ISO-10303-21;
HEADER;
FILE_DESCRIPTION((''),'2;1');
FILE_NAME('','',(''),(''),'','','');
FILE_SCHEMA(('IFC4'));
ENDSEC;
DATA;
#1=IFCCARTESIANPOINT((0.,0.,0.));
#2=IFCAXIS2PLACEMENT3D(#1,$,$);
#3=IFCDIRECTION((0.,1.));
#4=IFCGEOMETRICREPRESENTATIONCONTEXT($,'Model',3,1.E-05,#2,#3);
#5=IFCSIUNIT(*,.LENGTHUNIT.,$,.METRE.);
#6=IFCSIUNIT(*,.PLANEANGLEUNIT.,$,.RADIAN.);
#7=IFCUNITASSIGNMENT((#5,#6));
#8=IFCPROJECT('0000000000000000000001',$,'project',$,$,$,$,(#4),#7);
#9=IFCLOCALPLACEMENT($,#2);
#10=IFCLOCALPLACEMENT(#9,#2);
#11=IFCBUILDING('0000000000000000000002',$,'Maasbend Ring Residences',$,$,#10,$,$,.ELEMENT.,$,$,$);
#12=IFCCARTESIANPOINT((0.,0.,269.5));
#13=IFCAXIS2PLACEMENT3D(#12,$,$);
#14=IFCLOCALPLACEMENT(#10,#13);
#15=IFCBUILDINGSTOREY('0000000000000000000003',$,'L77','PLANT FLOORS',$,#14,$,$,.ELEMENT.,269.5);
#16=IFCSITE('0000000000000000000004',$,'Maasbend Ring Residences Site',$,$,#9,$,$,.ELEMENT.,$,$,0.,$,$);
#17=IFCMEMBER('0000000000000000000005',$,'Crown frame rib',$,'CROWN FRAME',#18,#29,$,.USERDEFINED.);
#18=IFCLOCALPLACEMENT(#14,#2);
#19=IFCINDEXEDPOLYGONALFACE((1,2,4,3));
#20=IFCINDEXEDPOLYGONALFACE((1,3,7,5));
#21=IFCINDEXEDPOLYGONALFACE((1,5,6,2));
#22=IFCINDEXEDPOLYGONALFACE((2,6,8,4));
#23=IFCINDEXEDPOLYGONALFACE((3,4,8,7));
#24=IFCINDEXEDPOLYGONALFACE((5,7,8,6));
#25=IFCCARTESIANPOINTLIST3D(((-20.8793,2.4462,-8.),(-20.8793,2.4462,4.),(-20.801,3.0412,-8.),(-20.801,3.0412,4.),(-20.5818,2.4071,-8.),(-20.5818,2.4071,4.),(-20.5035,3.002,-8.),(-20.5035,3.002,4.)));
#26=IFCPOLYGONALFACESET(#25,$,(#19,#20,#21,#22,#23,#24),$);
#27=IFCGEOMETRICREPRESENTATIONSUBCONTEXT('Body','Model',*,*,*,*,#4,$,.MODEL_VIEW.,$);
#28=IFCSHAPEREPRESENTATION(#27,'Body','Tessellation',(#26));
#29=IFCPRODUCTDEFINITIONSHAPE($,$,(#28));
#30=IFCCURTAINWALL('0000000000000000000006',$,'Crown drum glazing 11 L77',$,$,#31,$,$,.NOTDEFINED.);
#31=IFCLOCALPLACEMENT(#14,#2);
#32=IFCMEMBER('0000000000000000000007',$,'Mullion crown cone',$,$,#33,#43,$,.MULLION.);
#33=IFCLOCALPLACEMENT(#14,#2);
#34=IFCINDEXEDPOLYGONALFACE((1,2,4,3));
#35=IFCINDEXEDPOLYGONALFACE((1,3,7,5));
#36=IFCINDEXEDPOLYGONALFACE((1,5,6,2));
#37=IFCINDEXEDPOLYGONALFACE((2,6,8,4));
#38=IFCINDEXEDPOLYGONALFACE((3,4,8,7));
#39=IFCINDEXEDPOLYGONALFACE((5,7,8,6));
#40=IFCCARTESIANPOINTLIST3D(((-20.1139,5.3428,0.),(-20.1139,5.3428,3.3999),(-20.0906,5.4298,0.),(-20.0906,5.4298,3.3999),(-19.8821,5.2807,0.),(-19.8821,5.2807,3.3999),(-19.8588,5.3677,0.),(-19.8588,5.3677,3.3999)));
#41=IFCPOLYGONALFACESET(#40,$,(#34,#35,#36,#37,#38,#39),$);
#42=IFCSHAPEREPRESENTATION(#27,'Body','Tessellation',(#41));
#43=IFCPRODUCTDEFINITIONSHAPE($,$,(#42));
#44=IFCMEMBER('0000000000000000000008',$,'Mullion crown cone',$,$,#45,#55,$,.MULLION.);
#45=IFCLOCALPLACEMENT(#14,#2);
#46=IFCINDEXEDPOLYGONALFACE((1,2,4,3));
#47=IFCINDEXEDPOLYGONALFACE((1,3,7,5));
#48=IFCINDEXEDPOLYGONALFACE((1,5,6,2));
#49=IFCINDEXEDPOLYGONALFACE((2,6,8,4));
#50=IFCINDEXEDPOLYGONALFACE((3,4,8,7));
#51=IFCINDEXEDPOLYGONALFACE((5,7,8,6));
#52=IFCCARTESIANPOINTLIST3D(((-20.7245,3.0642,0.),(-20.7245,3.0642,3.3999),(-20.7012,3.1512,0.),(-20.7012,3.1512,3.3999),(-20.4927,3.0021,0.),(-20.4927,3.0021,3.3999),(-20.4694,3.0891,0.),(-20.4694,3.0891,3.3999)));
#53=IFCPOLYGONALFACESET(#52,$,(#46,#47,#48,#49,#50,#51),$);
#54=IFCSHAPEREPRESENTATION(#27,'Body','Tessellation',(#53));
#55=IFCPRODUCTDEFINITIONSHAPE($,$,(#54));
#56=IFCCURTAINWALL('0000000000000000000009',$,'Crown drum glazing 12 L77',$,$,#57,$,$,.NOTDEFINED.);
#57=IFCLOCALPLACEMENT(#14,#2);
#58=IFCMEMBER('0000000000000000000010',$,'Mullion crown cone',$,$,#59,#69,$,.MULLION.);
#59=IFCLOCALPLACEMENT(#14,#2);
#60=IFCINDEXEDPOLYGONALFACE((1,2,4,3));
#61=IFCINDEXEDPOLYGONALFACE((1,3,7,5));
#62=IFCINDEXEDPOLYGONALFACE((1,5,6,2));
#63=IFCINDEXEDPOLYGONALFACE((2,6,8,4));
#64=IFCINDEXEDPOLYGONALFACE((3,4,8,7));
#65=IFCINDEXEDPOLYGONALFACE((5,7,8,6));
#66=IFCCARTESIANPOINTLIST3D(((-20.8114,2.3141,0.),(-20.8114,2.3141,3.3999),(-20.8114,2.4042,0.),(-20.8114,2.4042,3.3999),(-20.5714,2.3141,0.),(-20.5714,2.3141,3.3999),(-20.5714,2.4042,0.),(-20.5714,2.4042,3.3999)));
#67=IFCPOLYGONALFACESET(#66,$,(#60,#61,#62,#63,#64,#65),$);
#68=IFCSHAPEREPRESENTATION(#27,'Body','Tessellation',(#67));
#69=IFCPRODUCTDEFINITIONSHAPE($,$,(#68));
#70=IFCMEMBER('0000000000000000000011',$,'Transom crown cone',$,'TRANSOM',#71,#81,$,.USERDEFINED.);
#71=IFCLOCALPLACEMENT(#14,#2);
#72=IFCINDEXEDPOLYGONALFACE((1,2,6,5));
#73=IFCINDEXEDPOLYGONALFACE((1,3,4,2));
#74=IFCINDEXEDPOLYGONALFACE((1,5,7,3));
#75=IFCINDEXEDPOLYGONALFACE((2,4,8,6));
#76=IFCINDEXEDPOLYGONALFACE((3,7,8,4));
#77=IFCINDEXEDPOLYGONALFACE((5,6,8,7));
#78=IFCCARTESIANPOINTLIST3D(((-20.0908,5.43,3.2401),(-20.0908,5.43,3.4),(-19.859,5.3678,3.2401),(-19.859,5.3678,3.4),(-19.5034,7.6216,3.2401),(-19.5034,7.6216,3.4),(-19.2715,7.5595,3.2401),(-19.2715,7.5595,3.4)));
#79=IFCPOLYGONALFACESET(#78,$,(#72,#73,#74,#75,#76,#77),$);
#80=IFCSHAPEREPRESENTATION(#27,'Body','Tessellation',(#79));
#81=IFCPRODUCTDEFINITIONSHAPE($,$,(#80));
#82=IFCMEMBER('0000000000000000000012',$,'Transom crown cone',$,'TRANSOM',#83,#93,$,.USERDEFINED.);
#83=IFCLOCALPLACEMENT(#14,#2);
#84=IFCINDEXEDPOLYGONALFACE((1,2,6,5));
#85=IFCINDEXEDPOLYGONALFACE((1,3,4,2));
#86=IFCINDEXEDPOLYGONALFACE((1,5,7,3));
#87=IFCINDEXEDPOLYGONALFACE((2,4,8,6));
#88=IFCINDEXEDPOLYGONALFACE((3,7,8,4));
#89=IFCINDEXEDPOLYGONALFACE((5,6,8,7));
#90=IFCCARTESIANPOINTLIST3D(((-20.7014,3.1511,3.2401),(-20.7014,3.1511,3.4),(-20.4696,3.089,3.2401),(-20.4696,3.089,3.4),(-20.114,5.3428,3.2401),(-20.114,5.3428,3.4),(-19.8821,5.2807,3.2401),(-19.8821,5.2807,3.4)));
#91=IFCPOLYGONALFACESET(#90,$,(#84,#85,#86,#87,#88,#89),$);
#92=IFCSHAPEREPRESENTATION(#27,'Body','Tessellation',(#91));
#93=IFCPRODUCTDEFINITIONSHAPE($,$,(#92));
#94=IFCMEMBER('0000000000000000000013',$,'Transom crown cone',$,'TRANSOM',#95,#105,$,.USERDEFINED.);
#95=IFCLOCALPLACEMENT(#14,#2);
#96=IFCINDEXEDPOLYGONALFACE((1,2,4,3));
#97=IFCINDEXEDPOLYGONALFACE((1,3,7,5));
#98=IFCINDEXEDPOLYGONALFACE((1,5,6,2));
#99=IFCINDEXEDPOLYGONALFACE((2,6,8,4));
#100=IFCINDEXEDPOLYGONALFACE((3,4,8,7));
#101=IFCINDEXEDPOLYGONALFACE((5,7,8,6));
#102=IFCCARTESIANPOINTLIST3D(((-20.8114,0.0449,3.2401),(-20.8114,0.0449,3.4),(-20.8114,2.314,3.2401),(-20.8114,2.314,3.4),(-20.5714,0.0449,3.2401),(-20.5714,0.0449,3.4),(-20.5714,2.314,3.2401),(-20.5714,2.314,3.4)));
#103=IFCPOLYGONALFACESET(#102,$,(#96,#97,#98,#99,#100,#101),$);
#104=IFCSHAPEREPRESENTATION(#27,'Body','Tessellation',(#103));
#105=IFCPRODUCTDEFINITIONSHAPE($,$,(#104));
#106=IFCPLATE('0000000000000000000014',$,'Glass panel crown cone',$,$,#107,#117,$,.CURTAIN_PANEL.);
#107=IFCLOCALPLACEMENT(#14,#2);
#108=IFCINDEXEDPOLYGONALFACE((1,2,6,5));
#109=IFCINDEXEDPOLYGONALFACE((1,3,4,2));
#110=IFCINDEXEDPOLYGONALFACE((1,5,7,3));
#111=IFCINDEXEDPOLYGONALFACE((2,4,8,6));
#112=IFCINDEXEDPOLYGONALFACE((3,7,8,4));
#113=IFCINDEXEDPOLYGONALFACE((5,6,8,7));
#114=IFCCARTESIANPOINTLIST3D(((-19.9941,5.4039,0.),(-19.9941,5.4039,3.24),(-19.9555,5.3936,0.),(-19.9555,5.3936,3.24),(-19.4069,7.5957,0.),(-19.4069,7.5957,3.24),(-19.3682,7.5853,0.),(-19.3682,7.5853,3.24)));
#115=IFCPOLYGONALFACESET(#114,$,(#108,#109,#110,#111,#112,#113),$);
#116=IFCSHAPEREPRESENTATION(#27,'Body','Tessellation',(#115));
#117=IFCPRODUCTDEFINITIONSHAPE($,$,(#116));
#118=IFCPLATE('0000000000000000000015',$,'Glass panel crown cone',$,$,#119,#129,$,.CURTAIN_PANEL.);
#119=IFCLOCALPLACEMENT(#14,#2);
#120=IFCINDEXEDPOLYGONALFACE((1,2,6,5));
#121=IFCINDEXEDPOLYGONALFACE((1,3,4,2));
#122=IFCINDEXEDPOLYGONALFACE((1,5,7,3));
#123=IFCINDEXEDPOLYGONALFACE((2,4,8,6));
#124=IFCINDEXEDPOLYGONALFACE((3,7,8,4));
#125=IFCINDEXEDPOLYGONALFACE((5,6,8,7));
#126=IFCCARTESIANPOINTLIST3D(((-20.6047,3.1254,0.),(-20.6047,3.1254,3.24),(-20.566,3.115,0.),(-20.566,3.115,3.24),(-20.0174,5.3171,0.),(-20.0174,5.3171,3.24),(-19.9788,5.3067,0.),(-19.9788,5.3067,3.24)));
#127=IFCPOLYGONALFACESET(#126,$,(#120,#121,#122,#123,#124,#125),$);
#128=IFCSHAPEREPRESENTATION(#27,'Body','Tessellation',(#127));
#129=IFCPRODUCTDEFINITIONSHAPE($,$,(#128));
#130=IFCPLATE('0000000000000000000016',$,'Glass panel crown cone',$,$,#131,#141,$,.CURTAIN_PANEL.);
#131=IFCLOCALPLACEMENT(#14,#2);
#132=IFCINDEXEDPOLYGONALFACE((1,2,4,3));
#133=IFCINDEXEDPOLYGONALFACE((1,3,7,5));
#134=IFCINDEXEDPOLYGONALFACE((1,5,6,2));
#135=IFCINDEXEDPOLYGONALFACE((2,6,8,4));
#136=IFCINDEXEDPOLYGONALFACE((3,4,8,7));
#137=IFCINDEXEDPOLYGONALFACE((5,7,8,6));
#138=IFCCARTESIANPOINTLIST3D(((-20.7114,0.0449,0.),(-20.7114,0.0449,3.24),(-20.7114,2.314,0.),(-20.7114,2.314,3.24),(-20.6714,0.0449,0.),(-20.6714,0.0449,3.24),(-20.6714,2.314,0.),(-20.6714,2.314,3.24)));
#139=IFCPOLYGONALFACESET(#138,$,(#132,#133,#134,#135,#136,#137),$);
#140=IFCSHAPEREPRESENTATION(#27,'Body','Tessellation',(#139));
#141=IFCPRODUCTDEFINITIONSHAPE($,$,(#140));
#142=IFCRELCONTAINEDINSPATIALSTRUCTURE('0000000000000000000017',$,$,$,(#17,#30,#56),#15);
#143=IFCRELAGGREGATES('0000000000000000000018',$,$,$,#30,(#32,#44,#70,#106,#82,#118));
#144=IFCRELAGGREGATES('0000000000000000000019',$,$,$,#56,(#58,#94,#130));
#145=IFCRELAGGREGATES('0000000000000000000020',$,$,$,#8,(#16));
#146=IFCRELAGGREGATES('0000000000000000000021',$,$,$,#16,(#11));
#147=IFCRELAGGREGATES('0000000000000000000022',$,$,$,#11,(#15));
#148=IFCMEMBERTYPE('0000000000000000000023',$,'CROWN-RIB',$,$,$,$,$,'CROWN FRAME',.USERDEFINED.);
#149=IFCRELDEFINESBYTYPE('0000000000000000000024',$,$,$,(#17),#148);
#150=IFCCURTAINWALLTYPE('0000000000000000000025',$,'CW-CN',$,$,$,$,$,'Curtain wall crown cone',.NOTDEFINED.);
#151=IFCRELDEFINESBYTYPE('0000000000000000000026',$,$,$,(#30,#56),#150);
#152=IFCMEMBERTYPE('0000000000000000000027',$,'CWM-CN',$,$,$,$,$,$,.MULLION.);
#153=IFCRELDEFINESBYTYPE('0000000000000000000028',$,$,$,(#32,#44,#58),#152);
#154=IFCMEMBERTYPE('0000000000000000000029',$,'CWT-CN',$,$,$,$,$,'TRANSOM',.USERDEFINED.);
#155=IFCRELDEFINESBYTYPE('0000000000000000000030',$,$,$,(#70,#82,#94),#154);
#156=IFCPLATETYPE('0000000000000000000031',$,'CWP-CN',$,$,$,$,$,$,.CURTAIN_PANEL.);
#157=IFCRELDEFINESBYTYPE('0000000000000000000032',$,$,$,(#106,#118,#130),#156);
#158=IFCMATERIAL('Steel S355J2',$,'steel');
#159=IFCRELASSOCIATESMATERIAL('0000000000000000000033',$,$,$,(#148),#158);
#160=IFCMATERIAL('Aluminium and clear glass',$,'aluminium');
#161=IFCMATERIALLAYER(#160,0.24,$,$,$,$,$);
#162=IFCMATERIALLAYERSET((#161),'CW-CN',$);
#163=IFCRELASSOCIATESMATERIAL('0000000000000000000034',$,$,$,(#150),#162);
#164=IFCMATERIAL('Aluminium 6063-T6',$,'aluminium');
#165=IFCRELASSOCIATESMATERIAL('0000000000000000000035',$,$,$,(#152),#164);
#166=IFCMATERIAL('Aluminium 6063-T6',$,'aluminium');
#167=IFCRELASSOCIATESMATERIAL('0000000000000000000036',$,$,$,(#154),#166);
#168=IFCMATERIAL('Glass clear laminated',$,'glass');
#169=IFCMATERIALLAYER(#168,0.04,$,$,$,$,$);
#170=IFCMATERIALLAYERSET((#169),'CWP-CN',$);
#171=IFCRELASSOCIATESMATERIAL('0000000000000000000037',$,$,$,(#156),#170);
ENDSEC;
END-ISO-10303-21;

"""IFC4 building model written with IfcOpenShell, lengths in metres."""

from ifc_helpers import new_model, si_unit, direction, frame, origin, origin_2d, place, context, subcontext, project, spatial, rectangle, extrude, material, layer, layer_set, material_profile, profile_set, type_object, element, aggregate, save


model = new_model("IFC4")

# Units and contexts
model_context = context("Model", 3, precision=1e-05, world=origin(), true_north=direction((0.0, 1.0)))
body_context = subcontext(model_context, "Body", "Model", "MODEL_VIEW")
ifc_project = project(units=[si_unit("LENGTHUNIT", "METRE"), si_unit("PLANEANGLEUNIT", "RADIAN")], contexts=[model_context])

# Site, building, storey
site_placement = place(None, origin())
site = spatial("IfcSite", under=ifc_project, at=site_placement, Name="Maasbend Ring Residences Site", CompositionType="ELEMENT", RefElevation=0.0)
building_placement = place(site_placement, origin())
building = spatial("IfcBuilding", under=site, at=building_placement, Name="Maasbend Ring Residences", CompositionType="ELEMENT")
storey_placement = place(building_placement, frame((0.0, 0.0, 269.5)))
storey = spatial("IfcBuildingStorey", under=building, at=storey_placement, Name="L77", Description="PLANT FLOORS", CompositionType="ELEMENT", Elevation=269.5)

# Member
ifc_material_1 = material(Name="Steel S355J2", Category="steel")
ifc_material_profile_1 = material_profile(ifc_material_1, rectangle(XDim=0.3, YDim=0.6001, at=origin_2d()), Name="Box 300x600x12")
ifc_profile_set_1 = profile_set([ifc_material_profile_1], Name="Steel S355J2")
member_type_1 = type_object("IfcMemberType", Name="CROWN-RIB", ElementType="CROWN FRAME", PredefinedType="USERDEFINED", material=ifc_profile_set_1)
member_1_placement = place(storey_placement, frame((-20.6914, 2.7241, -8.0), z_axis=(0.0, 0.0, 1.0), x_axis=(-0.991445, 0.130526, 0.0)))
element("IfcMember", 1, at=member_1_placement, inside=storey, type_object=member_type_1, Name="Crown frame rib", ObjectType="CROWN FRAME", PredefinedType="USERDEFINED", context=body_context, shape_type="SweptSolid", body=[
    extrude(rectangle(XDim=0.3, YDim=0.6001, at=origin_2d()), origin(), (0.0, 0.0, 1.0), 12.0),
])

# Curtain wall, members
ifc_material_2 = material(Name="Aluminium and clear glass", Category="aluminium")
ifc_layer_1 = layer(ifc_material_2, 0.24)
ifc_layer_set_1 = layer_set([ifc_layer_1], Name="CW-CN")
curtain_wall_type = type_object("IfcCurtainWallType", Name="CW-CN", ElementType="Curtain wall crown cone", PredefinedType="NOTDEFINED", material=ifc_layer_set_1)
curtain_wall_1_placement = place(storey_placement, origin())
curtain_wall_1 = element("IfcCurtainWall", 2, at=curtain_wall_1_placement, inside=storey, type_object=curtain_wall_type, Name="Crown drum glazing 11 L77", PredefinedType="NOTDEFINED")
ifc_material_3 = material(Name="Aluminium 6063-T6", Category="aluminium")
ifc_material_profile_2 = material_profile(ifc_material_3, rectangle(XDim=0.24, YDim=0.0901, at=origin_2d()), Name="AL 240x90")
ifc_profile_set_2 = profile_set([ifc_material_profile_2], Name="Aluminium 6063-T6")
member_type_2 = type_object("IfcMemberType", Name="CWM-CN", PredefinedType="MULLION", material=ifc_profile_set_2)
member_2_placement = place(storey_placement, frame((-19.9863, 5.3552, 0.0), z_axis=(0.0, 0.0, 1.0), x_axis=(0.965926, -0.258819, 0.0)))
member_2 = element("IfcMember", 3, at=member_2_placement, type_object=member_type_2, Name="Mullion crown cone", PredefinedType="MULLION", context=body_context, shape_type="SweptSolid", body=[
    extrude(rectangle(XDim=0.24, YDim=0.0901, at=origin_2d()), origin(), (0.0, 0.0, 1.0), 3.3999),
])
member_3_placement = place(storey_placement, frame((-20.5969, 3.0767, 0.0), z_axis=(0.0, 0.0, 1.0), x_axis=(0.965926, -0.258819, 0.0)))
member_3 = element("IfcMember", 4, at=member_3_placement, type_object=member_type_2, Name="Mullion crown cone", PredefinedType="MULLION", context=body_context, shape_type="SweptSolid", body=[
    extrude(rectangle(XDim=0.24, YDim=0.0901, at=origin_2d()), origin(), (0.0, 0.0, 1.0), 3.3999),
])

# Curtain wall, member
curtain_wall_2_placement = place(storey_placement, origin())
curtain_wall_2 = element("IfcCurtainWall", 5, at=curtain_wall_2_placement, inside=storey, type_object=curtain_wall_type, Name="Crown drum glazing 12 L77", PredefinedType="NOTDEFINED")
member_4_placement = place(storey_placement, frame((-20.6914, 2.3591, 0.0), z_axis=(0.0, 0.0, 1.0), x_axis=(1.0, 0.0, 0.0)))
member_4 = element("IfcMember", 6, at=member_4_placement, type_object=member_type_2, Name="Mullion crown cone", PredefinedType="MULLION", context=body_context, shape_type="SweptSolid", body=[
    extrude(rectangle(XDim=0.24, YDim=0.0901, at=origin_2d()), origin(), (0.0, 0.0, 1.0), 3.3999),
])

# Members
ifc_material_4 = material(Name="Aluminium 6063-T6", Category="aluminium")
ifc_material_profile_3 = material_profile(ifc_material_4, rectangle(XDim=0.24, YDim=0.1599, at=origin_2d()), Name="AL 240x160")
ifc_profile_set_3 = profile_set([ifc_material_profile_3], Name="Aluminium 6063-T6")
member_type_3 = type_object("IfcMemberType", Name="CWT-CN", ElementType="TRANSOM", PredefinedType="USERDEFINED", material=ifc_profile_set_3)
member_5_placement = place(storey_placement, frame((-19.3875, 7.5906, 3.3201), z_axis=(-0.258881, -0.965909, 0.0), x_axis=(0.965909, -0.258881, 0.0)))
member_5 = element("IfcMember", 7, at=member_5_placement, type_object=member_type_3, Name="Transom crown cone", ObjectType="TRANSOM", PredefinedType="USERDEFINED", context=body_context, shape_type="SweptSolid", body=[
    extrude(rectangle(XDim=0.24, YDim=0.1599, at=origin_2d()), origin(), (0.0, 0.0, 1.0), 2.269),
])
member_6_placement = place(storey_placement, frame((-19.998, 5.3118, 3.3201), z_axis=(-0.258881, -0.965909, 0.0), x_axis=(0.965909, -0.258881, 0.0)))
member_6 = element("IfcMember", 8, at=member_6_placement, type_object=member_type_3, Name="Transom crown cone", ObjectType="TRANSOM", PredefinedType="USERDEFINED", context=body_context, shape_type="SweptSolid", body=[
    extrude(rectangle(XDim=0.24, YDim=0.1599, at=origin_2d()), origin(), (0.0, 0.0, 1.0), 2.269),
])
member_7_placement = place(storey_placement, frame((-20.6914, 2.314, 3.3201), z_axis=(0.0, -1.0, 0.0), x_axis=(1.0, 0.0, 0.0)))
member_7 = element("IfcMember", 9, at=member_7_placement, type_object=member_type_3, Name="Transom crown cone", ObjectType="TRANSOM", PredefinedType="USERDEFINED", context=body_context, shape_type="SweptSolid", body=[
    extrude(rectangle(XDim=0.24, YDim=0.1599, at=origin_2d()), origin(), (0.0, 0.0, 1.0), 2.269),
])

# Plates
ifc_material_5 = material(Name="Glass clear laminated", Category="glass")
ifc_layer_2 = layer(ifc_material_5, 0.04)
ifc_layer_set_2 = layer_set([ifc_layer_2], Name="CWP-CN")
plate_type = type_object("IfcPlateType", Name="CWP-CN", PredefinedType="CURTAIN_PANEL", material=ifc_layer_set_2)
plate_1_placement = place(storey_placement, frame((-19.6812, 6.4946, 0.0), z_axis=(0.0, 0.0, 1.0), x_axis=(-0.258819, -0.965926, 0.0)))
plate_1 = element("IfcPlate", 10, at=plate_1_placement, type_object=plate_type, Name="Glass panel crown cone", PredefinedType="CURTAIN_PANEL", context=body_context, shape_type="SweptSolid", body=[
    extrude(rectangle(XDim=2.269, YDim=0.04, at=origin_2d()), origin(), (0.0, 0.0, 1.0), 3.24),
])
plate_2_placement = place(storey_placement, frame((-20.2917, 4.2161, 0.0), z_axis=(0.0, 0.0, 1.0), x_axis=(-0.258819, -0.965926, 0.0)))
plate_2 = element("IfcPlate", 11, at=plate_2_placement, type_object=plate_type, Name="Glass panel crown cone", PredefinedType="CURTAIN_PANEL", context=body_context, shape_type="SweptSolid", body=[
    extrude(rectangle(XDim=2.269, YDim=0.04, at=origin_2d()), origin(), (0.0, 0.0, 1.0), 3.24),
])
aggregate(curtain_wall_1, [member_2, member_3, member_5, plate_1, member_6, plate_2])
plate_3_placement = place(storey_placement, frame((-20.6914, 1.1794, 0.0), z_axis=(0.0, 0.0, 1.0), x_axis=(0.0, -1.0, 0.0)))
plate_3 = element("IfcPlate", 12, at=plate_3_placement, type_object=plate_type, Name="Glass panel crown cone", PredefinedType="CURTAIN_PANEL", context=body_context, shape_type="SweptSolid", body=[
    extrude(rectangle(XDim=2.269, YDim=0.04, at=origin_2d()), origin(), (0.0, 0.0, 1.0), 3.24),
])
aggregate(curtain_wall_2, [member_4, member_7, plate_3])

save(model, "model.ifc")
